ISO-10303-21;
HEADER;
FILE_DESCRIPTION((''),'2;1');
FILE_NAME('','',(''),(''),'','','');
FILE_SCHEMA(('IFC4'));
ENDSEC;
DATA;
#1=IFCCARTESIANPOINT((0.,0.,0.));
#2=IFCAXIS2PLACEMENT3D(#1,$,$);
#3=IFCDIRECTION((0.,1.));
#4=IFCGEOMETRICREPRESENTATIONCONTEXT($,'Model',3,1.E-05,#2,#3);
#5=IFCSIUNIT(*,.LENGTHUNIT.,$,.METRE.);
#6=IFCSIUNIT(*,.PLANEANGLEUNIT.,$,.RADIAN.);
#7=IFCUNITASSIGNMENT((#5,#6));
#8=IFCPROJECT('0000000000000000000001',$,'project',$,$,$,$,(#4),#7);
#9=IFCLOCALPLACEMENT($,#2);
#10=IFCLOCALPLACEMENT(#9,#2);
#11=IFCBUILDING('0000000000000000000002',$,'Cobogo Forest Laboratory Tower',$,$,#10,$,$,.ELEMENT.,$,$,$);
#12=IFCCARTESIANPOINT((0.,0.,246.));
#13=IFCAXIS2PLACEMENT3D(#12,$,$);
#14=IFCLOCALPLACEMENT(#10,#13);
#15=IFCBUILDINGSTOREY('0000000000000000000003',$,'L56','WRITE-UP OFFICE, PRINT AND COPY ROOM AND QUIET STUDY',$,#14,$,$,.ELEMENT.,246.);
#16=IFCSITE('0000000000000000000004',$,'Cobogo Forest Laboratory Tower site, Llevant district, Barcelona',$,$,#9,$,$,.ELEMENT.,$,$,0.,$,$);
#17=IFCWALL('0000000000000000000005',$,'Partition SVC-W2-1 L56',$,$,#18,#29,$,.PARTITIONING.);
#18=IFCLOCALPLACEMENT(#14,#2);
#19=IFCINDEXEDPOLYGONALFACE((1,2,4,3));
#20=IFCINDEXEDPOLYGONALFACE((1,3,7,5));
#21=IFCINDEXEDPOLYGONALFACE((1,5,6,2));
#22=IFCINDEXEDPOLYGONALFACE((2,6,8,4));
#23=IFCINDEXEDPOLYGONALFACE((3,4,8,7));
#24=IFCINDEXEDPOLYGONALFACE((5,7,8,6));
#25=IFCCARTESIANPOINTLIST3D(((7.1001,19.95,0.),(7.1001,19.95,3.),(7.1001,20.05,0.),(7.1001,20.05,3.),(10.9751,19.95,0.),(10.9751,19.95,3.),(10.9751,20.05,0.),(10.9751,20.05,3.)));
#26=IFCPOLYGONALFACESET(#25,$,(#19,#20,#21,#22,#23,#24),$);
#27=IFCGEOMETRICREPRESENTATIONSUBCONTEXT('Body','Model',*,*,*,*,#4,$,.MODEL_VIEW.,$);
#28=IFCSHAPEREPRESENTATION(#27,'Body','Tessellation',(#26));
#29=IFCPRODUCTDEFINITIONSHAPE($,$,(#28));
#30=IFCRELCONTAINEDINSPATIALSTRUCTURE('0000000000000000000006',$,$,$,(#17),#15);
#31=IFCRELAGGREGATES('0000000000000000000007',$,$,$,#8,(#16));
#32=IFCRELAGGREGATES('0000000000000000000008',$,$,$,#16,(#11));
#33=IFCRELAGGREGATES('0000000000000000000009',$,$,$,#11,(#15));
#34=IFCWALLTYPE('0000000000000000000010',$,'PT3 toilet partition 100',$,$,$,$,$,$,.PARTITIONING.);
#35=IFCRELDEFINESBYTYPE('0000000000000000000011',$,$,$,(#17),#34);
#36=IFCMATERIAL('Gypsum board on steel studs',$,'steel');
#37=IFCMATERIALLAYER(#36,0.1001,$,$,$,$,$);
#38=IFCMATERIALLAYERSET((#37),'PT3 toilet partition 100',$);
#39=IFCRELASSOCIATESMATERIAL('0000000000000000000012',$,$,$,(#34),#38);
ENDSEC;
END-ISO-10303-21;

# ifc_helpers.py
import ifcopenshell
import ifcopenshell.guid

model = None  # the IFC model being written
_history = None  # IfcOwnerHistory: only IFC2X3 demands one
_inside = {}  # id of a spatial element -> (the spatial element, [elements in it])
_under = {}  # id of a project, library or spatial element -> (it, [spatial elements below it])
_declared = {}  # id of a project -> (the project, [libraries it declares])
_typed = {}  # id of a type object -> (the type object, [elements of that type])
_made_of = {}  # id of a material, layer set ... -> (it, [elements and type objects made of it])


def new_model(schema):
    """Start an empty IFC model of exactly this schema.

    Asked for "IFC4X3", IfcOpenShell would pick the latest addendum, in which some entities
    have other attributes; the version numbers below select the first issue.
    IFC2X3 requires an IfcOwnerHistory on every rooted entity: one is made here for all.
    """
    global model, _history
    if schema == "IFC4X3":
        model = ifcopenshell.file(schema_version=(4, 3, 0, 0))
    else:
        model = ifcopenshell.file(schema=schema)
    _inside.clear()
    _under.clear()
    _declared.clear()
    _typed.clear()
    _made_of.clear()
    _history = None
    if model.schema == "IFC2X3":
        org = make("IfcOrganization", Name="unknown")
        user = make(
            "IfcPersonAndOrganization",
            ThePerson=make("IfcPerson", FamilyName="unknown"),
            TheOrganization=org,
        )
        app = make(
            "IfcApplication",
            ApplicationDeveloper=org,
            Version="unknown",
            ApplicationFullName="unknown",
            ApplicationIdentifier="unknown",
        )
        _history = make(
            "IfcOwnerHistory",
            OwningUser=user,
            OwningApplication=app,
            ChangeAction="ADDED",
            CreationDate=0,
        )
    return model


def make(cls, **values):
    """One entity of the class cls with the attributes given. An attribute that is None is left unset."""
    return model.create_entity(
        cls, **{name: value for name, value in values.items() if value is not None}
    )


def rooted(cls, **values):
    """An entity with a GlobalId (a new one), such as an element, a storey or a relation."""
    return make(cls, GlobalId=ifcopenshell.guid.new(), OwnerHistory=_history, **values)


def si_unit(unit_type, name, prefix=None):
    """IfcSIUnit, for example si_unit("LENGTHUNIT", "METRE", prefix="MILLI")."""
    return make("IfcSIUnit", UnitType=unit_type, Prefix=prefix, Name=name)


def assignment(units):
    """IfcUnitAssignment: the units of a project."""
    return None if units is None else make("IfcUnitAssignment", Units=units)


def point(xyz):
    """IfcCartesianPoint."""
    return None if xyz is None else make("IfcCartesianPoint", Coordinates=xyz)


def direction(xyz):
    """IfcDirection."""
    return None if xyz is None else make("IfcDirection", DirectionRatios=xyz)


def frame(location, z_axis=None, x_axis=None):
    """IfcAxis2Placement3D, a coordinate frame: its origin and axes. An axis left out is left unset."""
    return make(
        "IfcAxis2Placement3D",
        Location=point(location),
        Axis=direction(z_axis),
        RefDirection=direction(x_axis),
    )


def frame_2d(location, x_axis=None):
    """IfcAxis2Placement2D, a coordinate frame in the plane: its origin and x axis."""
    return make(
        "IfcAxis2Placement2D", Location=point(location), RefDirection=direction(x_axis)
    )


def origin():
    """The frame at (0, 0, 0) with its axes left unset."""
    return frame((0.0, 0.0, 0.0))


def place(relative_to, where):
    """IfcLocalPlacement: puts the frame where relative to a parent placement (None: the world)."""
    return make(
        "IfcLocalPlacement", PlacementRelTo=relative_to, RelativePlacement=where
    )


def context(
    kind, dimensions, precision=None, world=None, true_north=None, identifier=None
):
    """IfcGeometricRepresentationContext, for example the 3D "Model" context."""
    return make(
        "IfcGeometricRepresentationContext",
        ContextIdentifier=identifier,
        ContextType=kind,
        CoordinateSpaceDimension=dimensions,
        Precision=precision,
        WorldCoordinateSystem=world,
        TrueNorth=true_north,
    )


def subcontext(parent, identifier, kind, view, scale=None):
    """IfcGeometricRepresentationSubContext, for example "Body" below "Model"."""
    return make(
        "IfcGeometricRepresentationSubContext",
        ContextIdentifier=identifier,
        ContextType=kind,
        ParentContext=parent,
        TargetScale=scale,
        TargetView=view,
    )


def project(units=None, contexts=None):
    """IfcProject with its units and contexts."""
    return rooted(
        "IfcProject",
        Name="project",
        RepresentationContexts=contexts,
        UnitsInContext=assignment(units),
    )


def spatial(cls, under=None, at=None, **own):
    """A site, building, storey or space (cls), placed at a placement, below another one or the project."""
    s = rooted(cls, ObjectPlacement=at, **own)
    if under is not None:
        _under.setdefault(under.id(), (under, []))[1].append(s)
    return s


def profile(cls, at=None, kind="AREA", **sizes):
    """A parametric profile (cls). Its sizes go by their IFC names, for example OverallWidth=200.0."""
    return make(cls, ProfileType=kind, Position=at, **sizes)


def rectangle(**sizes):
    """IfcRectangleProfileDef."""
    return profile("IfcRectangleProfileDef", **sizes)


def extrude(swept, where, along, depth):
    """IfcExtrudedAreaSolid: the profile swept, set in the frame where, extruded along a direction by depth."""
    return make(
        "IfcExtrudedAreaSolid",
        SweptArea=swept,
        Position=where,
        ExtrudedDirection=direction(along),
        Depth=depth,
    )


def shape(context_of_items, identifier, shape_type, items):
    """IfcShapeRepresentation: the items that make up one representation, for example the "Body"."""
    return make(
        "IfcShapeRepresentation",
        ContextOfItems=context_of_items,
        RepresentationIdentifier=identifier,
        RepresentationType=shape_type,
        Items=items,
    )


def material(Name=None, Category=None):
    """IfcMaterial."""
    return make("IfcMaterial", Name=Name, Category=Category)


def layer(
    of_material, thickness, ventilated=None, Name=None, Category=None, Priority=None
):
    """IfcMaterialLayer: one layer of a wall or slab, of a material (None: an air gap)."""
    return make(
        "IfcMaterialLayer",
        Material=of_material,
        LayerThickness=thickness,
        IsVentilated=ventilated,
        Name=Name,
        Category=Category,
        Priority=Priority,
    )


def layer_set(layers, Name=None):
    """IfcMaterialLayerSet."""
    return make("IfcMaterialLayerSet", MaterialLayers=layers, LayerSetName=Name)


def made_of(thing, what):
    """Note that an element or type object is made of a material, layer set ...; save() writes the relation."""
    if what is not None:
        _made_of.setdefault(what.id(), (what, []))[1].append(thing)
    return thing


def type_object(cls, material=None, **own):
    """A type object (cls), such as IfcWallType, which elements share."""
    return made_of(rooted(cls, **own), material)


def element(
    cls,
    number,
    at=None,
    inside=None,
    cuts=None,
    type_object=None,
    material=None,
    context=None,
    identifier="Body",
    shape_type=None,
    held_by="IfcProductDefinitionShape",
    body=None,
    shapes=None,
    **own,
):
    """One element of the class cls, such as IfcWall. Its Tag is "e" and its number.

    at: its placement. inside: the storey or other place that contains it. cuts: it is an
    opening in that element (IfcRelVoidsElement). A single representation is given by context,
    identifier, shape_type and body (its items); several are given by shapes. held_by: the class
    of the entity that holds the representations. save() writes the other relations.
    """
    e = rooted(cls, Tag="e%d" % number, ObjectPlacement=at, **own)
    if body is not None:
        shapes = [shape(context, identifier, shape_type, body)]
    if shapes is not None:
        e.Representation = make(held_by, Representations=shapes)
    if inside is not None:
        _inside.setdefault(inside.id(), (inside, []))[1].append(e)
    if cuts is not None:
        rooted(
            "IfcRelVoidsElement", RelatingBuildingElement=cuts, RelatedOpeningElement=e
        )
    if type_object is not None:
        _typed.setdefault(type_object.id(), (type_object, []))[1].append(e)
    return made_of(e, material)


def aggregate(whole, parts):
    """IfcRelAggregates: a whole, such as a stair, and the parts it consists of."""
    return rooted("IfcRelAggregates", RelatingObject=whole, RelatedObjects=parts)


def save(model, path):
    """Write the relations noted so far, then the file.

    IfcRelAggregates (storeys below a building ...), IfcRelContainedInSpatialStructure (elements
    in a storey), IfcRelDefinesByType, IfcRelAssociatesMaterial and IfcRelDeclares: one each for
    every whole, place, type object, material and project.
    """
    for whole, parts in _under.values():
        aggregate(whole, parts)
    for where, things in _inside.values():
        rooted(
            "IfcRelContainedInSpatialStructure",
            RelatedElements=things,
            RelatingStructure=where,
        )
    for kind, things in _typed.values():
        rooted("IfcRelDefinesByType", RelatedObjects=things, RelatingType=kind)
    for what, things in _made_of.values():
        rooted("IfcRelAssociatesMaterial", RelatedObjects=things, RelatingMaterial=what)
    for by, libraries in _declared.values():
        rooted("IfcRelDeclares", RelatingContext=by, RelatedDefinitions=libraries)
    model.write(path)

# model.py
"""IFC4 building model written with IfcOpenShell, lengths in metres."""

from ifc_helpers import new_model, si_unit, direction, frame, frame_2d, origin, place, context, subcontext, project, spatial, rectangle, extrude, material, layer, layer_set, type_object, element, save


model = new_model("IFC4")

# Units and contexts
model_context = context("Model", 3, precision=1e-05, world=origin(), true_north=direction((0.0, 1.0)))
body_context = subcontext(model_context, "Body", "Model", "MODEL_VIEW")
ifc_project = project(units=[si_unit("LENGTHUNIT", "METRE"), si_unit("PLANEANGLEUNIT", "RADIAN")], contexts=[model_context])

# Site, building, storey
site_placement = place(None, origin())
site = spatial("IfcSite", under=ifc_project, at=site_placement, Name="Cobogo Forest Laboratory Tower site, Llevant district, Barcelona", CompositionType="ELEMENT", RefElevation=0.0)
building_placement = place(site_placement, origin())
building = spatial("IfcBuilding", under=site, at=building_placement, Name="Cobogo Forest Laboratory Tower", CompositionType="ELEMENT")
storey_placement = place(building_placement, frame((0.0, 0.0, 246.0)))
storey = spatial("IfcBuildingStorey", under=building, at=storey_placement, Name="L56", Description="WRITE-UP OFFICE, PRINT AND COPY ROOM AND QUIET STUDY", CompositionType="ELEMENT", Elevation=246.0)

# Wall
ifc_material_1 = material(Name="Gypsum board on steel studs", Category="steel")
ifc_layer_1 = layer(ifc_material_1, 0.1001)
ifc_layer_set_1 = layer_set([ifc_layer_1], Name="PT3 toilet partition 100")
wall_type_1 = type_object("IfcWallType", Name="PT3 toilet partition 100", PredefinedType="PARTITIONING", material=ifc_layer_set_1)
wall_1_placement = place(storey_placement, frame((7.1001, 20.0, 0.0), z_axis=(0.0, 0.0, 1.0), x_axis=(1.0, 0.0, 0.0)))
element("IfcWall", 1, at=wall_1_placement, inside=storey, type_object=wall_type_1, Name="Partition SVC-W2-1 L56", PredefinedType="PARTITIONING", context=body_context, shape_type="SweptSolid", body=[
    extrude(rectangle(XDim=3.875, YDim=0.1001, at=frame_2d((1.9375, 0.0))), origin(), (0.0, 0.0, 1.0), 3.0),
])

save(model, "model.ifc")
